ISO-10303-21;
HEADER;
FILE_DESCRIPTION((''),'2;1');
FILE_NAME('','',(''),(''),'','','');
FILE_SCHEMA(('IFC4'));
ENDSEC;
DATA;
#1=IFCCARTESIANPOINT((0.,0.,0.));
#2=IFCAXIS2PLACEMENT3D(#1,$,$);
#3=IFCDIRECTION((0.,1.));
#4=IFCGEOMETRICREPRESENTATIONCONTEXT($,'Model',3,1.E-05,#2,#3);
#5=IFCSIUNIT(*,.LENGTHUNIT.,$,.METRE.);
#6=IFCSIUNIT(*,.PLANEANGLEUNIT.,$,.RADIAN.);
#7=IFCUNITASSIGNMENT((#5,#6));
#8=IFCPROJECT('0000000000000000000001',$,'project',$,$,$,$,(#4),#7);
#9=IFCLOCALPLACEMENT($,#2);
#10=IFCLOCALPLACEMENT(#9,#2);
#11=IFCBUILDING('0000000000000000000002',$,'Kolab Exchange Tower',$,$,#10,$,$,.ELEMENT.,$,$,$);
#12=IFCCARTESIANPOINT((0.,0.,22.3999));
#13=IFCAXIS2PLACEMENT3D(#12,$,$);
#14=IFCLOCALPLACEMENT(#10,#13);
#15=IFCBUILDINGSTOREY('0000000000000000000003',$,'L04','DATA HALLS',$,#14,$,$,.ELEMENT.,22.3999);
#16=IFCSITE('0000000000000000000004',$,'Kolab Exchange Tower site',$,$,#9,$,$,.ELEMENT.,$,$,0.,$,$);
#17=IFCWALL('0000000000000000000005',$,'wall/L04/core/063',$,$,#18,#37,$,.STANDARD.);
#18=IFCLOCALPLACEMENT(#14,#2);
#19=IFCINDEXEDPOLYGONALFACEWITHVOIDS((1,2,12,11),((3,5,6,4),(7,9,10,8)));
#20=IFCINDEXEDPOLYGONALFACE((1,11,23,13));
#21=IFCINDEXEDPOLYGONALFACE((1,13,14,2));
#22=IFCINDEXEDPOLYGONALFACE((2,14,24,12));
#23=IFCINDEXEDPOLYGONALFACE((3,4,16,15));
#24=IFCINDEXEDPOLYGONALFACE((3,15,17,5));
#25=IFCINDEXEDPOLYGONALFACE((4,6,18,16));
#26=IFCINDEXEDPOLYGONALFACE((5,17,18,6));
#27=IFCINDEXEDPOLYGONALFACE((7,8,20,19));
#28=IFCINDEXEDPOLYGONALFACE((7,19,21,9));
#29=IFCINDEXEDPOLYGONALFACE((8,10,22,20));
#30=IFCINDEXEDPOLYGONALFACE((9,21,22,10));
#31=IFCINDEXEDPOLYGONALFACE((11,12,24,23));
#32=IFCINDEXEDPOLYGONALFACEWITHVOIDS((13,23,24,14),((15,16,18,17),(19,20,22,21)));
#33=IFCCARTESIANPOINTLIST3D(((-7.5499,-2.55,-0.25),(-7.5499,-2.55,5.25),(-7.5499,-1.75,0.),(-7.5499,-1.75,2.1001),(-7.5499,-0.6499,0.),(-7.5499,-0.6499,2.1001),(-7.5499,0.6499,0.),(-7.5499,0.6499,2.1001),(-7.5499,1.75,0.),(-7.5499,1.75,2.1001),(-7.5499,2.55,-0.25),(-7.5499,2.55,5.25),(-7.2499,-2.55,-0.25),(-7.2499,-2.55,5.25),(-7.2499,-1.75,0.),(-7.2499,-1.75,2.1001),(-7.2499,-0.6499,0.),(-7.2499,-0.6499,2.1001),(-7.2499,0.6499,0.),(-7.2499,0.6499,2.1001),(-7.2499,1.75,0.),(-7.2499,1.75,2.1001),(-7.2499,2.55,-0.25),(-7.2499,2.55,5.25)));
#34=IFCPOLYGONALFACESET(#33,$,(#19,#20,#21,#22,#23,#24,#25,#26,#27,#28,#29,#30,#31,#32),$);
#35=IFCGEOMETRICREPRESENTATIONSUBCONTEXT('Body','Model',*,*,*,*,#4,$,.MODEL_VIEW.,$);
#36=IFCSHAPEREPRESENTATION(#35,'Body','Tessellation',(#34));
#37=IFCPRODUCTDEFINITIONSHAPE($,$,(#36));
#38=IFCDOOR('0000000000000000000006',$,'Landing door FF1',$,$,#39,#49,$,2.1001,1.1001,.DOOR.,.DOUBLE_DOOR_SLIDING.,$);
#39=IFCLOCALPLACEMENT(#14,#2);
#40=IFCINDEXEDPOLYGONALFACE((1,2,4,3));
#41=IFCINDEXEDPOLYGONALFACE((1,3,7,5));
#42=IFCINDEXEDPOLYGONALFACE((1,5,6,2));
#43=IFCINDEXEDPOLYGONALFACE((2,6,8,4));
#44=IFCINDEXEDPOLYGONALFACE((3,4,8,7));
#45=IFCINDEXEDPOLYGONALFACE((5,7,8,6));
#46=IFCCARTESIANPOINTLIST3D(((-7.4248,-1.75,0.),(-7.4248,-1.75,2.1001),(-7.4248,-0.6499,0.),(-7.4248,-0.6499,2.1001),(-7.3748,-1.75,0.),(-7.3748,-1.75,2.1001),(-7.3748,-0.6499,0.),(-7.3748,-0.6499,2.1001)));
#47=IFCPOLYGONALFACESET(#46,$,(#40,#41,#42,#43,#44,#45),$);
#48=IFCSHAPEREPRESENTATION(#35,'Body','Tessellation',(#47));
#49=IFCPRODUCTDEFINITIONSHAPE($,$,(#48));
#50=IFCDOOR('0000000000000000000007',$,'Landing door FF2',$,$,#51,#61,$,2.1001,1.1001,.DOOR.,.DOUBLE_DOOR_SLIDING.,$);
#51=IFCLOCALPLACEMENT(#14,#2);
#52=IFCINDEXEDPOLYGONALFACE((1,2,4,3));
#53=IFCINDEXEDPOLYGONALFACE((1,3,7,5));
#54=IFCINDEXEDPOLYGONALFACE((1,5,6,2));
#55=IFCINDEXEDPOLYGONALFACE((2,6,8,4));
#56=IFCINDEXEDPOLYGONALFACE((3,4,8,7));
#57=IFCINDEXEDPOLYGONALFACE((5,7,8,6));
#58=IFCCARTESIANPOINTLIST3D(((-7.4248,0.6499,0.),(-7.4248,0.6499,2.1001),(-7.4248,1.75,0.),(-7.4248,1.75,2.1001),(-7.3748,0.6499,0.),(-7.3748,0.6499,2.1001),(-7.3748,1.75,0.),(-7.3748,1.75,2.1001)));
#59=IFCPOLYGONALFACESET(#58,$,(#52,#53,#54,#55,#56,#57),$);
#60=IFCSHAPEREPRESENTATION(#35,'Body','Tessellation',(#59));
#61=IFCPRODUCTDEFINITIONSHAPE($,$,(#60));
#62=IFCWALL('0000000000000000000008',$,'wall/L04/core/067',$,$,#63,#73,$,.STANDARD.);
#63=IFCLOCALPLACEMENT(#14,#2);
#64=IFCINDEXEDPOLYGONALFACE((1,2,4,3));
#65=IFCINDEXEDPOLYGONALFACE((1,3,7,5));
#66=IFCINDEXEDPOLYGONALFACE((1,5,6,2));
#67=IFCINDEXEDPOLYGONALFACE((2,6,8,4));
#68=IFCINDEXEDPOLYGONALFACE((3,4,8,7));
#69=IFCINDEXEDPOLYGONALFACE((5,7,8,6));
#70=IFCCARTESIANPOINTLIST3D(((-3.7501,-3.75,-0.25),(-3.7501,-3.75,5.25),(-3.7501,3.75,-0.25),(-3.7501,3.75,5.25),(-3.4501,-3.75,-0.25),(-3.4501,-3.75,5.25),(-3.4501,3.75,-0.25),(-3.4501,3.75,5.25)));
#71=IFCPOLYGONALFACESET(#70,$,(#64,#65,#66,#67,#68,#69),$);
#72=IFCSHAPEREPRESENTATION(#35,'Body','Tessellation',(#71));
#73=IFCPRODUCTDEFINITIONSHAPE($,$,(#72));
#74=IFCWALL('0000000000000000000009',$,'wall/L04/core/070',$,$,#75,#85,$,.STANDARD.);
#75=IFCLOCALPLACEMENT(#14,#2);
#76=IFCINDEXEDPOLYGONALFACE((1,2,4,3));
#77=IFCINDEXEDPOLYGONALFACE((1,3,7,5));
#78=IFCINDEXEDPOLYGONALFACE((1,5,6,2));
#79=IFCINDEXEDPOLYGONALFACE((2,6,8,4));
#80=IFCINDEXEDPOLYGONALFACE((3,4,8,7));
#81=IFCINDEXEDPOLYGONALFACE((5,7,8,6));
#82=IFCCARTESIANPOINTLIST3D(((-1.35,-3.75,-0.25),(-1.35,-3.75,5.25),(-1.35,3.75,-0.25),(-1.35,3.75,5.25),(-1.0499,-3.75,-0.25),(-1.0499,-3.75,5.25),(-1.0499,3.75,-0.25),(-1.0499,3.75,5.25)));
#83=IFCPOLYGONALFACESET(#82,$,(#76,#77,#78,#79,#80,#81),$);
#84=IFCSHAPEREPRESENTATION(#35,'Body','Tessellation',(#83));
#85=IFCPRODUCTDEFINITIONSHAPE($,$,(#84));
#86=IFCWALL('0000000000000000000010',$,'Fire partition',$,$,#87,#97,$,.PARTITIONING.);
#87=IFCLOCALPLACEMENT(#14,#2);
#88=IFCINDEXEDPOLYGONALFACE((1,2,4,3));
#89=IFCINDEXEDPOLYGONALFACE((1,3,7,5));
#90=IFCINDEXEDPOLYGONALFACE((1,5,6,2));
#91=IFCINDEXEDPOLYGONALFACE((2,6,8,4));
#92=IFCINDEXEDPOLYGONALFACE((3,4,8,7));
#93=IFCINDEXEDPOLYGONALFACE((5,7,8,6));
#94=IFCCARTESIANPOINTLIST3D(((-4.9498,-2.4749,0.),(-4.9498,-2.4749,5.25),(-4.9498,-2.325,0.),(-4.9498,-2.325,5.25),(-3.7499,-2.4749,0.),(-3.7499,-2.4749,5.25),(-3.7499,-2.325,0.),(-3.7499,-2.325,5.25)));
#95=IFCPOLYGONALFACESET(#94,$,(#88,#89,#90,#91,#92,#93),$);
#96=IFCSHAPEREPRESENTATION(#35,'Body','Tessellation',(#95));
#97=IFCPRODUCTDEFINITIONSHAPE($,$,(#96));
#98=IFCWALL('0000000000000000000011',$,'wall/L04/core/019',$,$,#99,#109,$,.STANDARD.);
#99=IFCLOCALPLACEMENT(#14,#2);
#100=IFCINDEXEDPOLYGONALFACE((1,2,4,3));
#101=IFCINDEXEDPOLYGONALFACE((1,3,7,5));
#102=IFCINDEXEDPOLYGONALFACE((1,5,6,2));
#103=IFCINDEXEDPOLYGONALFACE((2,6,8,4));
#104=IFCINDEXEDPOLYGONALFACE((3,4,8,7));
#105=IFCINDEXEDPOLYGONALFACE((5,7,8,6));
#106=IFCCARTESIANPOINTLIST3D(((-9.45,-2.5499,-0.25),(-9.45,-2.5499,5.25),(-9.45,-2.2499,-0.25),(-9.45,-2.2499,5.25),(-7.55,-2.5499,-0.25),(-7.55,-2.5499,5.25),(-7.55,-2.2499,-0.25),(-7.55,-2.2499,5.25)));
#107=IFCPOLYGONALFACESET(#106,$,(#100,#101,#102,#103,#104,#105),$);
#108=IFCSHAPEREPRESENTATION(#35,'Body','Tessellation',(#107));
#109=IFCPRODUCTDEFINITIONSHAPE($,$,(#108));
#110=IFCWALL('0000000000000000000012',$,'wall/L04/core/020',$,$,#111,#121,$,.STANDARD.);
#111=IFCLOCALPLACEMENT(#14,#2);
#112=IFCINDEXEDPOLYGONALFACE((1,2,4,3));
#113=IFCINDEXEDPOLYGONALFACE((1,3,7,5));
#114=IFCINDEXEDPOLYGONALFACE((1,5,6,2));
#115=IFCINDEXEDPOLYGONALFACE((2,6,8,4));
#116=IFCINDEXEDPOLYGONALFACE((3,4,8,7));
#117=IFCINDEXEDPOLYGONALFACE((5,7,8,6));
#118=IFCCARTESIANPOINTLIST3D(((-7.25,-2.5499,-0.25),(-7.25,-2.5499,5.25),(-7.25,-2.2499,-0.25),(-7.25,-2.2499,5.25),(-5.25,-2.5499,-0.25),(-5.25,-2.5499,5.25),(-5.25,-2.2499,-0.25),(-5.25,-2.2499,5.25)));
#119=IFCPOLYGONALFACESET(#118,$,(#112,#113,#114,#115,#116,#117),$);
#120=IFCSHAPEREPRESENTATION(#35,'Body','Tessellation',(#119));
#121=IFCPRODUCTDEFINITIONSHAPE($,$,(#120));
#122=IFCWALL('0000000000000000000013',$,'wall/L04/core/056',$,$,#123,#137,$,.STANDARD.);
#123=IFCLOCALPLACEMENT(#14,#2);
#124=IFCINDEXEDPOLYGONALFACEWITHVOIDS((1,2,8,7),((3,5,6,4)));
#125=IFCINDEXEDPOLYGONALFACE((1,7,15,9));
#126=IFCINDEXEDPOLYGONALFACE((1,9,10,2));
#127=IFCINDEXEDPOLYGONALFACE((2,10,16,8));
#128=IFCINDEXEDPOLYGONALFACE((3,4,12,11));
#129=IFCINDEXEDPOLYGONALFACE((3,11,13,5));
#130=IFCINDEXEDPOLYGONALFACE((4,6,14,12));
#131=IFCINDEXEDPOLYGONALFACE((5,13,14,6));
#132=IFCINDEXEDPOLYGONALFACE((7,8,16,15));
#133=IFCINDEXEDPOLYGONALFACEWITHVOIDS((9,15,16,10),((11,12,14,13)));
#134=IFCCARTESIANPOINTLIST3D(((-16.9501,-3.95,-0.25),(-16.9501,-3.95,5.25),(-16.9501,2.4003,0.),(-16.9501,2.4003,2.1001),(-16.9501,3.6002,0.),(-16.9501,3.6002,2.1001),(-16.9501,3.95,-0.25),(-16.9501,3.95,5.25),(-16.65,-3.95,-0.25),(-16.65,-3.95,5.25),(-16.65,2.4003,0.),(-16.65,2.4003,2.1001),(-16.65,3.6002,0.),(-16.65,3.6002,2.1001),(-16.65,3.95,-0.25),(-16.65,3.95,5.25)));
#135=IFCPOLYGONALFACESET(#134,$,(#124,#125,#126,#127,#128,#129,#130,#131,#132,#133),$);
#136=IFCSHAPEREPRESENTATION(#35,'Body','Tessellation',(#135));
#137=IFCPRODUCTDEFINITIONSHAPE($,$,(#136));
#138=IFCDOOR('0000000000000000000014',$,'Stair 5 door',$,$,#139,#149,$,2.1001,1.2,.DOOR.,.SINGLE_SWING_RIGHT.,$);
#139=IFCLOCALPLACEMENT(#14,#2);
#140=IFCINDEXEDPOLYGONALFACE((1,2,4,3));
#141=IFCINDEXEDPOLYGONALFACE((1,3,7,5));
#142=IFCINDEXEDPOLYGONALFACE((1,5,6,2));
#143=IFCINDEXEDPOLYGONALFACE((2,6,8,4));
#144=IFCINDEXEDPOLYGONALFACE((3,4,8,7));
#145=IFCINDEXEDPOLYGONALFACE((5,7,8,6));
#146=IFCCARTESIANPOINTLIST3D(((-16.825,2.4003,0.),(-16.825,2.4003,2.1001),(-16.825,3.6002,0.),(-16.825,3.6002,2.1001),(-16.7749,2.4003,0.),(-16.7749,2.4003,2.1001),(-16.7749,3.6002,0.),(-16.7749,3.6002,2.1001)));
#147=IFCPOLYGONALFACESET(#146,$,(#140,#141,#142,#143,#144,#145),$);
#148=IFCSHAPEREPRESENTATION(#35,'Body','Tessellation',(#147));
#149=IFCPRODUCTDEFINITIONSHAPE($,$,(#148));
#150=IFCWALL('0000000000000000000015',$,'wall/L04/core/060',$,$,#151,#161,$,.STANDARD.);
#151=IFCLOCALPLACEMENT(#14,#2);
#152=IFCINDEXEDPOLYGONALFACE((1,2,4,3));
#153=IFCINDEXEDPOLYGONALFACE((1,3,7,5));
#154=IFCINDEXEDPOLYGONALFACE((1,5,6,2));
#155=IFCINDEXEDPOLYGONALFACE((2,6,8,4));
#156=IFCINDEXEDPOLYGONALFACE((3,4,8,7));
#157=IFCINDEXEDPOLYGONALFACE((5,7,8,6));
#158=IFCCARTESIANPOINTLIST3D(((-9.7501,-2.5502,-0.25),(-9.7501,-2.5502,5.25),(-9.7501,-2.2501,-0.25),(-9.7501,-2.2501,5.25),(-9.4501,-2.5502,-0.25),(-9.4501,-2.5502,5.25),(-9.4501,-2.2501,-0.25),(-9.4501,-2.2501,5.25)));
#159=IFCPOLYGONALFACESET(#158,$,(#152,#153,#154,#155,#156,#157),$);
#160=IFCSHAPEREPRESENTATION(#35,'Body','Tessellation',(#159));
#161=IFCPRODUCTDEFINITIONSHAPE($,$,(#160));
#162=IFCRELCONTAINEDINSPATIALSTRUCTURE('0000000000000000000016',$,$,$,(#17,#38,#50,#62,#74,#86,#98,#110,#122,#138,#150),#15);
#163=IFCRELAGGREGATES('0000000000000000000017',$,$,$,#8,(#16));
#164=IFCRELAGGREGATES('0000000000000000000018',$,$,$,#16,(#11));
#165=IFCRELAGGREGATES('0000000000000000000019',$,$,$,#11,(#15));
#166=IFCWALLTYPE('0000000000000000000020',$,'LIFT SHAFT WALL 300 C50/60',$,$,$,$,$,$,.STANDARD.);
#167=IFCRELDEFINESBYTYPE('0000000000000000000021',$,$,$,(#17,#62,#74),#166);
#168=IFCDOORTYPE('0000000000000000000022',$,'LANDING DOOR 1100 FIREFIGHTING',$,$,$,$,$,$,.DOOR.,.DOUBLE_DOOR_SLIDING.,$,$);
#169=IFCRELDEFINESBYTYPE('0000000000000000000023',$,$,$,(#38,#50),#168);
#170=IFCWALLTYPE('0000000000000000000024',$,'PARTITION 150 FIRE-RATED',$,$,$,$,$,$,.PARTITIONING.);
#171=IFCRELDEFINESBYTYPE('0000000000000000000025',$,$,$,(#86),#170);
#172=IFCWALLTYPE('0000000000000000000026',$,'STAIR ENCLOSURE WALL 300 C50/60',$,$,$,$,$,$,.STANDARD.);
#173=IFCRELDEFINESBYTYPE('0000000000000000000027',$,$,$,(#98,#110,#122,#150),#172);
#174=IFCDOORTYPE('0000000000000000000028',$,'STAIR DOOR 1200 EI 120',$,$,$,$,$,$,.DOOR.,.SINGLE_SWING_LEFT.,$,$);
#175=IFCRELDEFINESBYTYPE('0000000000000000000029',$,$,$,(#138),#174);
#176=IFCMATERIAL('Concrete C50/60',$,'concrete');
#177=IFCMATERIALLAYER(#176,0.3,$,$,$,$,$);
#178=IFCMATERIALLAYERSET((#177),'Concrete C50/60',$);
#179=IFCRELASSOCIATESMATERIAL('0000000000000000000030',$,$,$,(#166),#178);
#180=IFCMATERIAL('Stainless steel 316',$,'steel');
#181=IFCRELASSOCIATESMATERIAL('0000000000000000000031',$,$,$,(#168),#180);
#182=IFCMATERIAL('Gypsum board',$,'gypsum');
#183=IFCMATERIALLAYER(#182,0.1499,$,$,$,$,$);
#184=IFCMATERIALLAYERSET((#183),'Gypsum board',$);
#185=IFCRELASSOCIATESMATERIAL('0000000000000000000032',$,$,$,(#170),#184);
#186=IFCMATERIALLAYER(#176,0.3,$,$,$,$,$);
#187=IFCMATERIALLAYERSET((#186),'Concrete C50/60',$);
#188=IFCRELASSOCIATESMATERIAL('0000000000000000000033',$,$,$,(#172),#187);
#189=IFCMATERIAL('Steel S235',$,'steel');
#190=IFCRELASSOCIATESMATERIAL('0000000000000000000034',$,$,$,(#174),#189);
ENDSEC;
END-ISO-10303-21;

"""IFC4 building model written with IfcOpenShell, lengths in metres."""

from ifc_helpers import new_model, si_unit, direction, frame, frame_2d, origin, place, context, subcontext, project, spatial, rectangle, extrude, material, layer, layer_set, type_object, element, fill, save


model = new_model("IFC4")

# Units and contexts
model_context = context("Model", 3, precision=1e-05, world=origin(), true_north=direction((0.0, 1.0)))
body_context = subcontext(model_context, "Body", "Model", "MODEL_VIEW")
ifc_project = project(units=[si_unit("LENGTHUNIT", "METRE"), si_unit("PLANEANGLEUNIT", "RADIAN")], contexts=[model_context])

# Site, building, storey
site_placement = place(None, origin())
site = spatial("IfcSite", under=ifc_project, at=site_placement, Name="Kolab Exchange Tower site", CompositionType="ELEMENT", RefElevation=0.0)
building_placement = place(site_placement, origin())
building = spatial("IfcBuilding", under=site, at=building_placement, Name="Kolab Exchange Tower", CompositionType="ELEMENT")
storey_placement = place(building_placement, frame((0.0, 0.0, 22.3999)))
storey = spatial("IfcBuildingStorey", under=building, at=storey_placement, Name="L04", Description="DATA HALLS", CompositionType="ELEMENT", Elevation=22.3999)

# Shared definitions
ifc_material_1 = material(Name="Concrete C50/60", Category="concrete")
ifc_layer_1 = layer(ifc_material_1, 0.3)
ifc_layer_set_1 = layer_set([ifc_layer_1], Name="Concrete C50/60")
wall_type_1 = type_object("IfcWallType", Name="LIFT SHAFT WALL 300 C50/60", PredefinedType="STANDARD", material=ifc_layer_set_1)

# Shared definitions
ifc_material_2 = material(Name="Steel S235", Category="steel")

# Wall, openings, doors
wall_1_placement = place(storey_placement, frame((-7.3999, -2.55, -0.25), z_axis=(0.0, 0.0, 1.0), x_axis=(0.0, 1.0, 0.0)))
wall_1 = element("IfcWall", 1, at=wall_1_placement, inside=storey, type_object=wall_type_1, Name="wall/L04/core/063", PredefinedType="STANDARD", context=body_context, shape_type="SweptSolid", body=[
    extrude(rectangle(XDim=5.1001, YDim=0.3, at=frame_2d((2.55, 0.0))), origin(), (0.0, 0.0, 1.0), 5.5),
])
opening_1_placement = place(wall_1_placement, frame((0.8, 0.0, 0.25)))
opening_1 = element("IfcOpeningElement", 2, at=opening_1_placement, cuts=wall_1, PredefinedType="OPENING", context=body_context, shape_type="SweptSolid", body=[
    extrude(rectangle(XDim=1.1001, YDim=2.1001, at=frame_2d((0.55, 1.05))), frame((0.0, 0.1602, 0.0), z_axis=(0.0, -1.0, 0.0), x_axis=(1.0, 0.0, 0.0)), (0.0, 0.0, 1.0), 0.3201),
])
opening_2_placement = place(wall_1_placement, frame((3.2, 0.0, 0.25)))
opening_2 = element("IfcOpeningElement", 3, at=opening_2_placement, cuts=wall_1, PredefinedType="OPENING", context=body_context, shape_type="SweptSolid", body=[
    extrude(rectangle(XDim=1.1001, YDim=2.1001, at=frame_2d((0.55, 1.05))), frame((0.0, 0.1602, 0.0), z_axis=(0.0, -1.0, 0.0), x_axis=(1.0, 0.0, 0.0)), (0.0, 0.0, 1.0), 0.3201),
])
ifc_material_3 = material(Name="Stainless steel 316", Category="steel")
door_type_1 = type_object("IfcDoorType", Name="LANDING DOOR 1100 FIREFIGHTING", OperationType="DOUBLE_DOOR_SLIDING", PredefinedType="DOOR", material=ifc_material_3)
door_1_placement = place(opening_1_placement, origin())
door_1 = element("IfcDoor", 4, at=door_1_placement, inside=storey, type_object=door_type_1, Name="Landing door FF1", OperationType="DOUBLE_DOOR_SLIDING", OverallHeight=2.1001, OverallWidth=1.1001, PredefinedType="DOOR", context=body_context, shape_type="SweptSolid", body=[
    extrude(rectangle(XDim=1.1001, YDim=2.1001, at=frame_2d((0.55, 1.05))), frame((0.0, 0.0249, 0.0), z_axis=(0.0, -1.0, 0.0), x_axis=(1.0, 0.0, 0.0)), (0.0, 0.0, 1.0), 0.05),
])
fill(opening_1, door_1)
door_2_placement = place(opening_2_placement, origin())
door_2 = element("IfcDoor", 5, at=door_2_placement, inside=storey, type_object=door_type_1, Name="Landing door FF2", OperationType="DOUBLE_DOOR_SLIDING", OverallHeight=2.1001, OverallWidth=1.1001, PredefinedType="DOOR", context=body_context, shape_type="SweptSolid", body=[
    extrude(rectangle(XDim=1.1001, YDim=2.1001, at=frame_2d((0.55, 1.05))), frame((0.0, 0.0249, 0.0), z_axis=(0.0, -1.0, 0.0), x_axis=(1.0, 0.0, 0.0)), (0.0, 0.0, 1.0), 0.05),
])
fill(opening_2, door_2)

# Walls
for number, where, z_axis, x_axis, name in (
    (6, (-3.6001, -3.75, -0.25), (0.0, 0.0, 1.0), (0.0, 1.0, 0.0), "wall/L04/core/067"),
    (7, (-1.2, -3.75, -0.25), (0.0, 0.0, 1.0), (0.0, 1.0, 0.0), "wall/L04/core/070"),
):
    element("IfcWall", number, at=place(storey_placement, frame(where, z_axis=z_axis, x_axis=x_axis)), inside=storey, type_object=wall_type_1, Name=name, PredefinedType="STANDARD", context=body_context, shape_type="SweptSolid", body=[
        extrude(rectangle(XDim=7.5, YDim=0.3, at=frame_2d((3.75, 0.0))), origin(), (0.0, 0.0, 1.0), 5.5),
    ])
ifc_material_4 = material(Name="Gypsum board", Category="gypsum")
ifc_layer_2 = layer(ifc_material_4, 0.1499)
ifc_layer_set_2 = layer_set([ifc_layer_2], Name="Gypsum board")
wall_type_2 = type_object("IfcWallType", Name="PARTITION 150 FIRE-RATED", PredefinedType="PARTITIONING", material=ifc_layer_set_2)
wall_2_placement = place(storey_placement, frame((-4.95, -2.3999, 0.0), z_axis=(0.0, 0.0, 1.0), x_axis=(1.0, 0.0, 0.0)))
element("IfcWall", 8, at=wall_2_placement, inside=storey, type_object=wall_type_2, Name="Fire partition", PredefinedType="PARTITIONING", context=body_context, shape_type="SweptSolid", body=[
    extrude(rectangle(XDim=1.2, YDim=0.1499, at=frame_2d((0.6001, 0.0))), origin(), (0.0, 0.0, 1.0), 5.25),
])
ifc_layer_3 = layer(ifc_material_1, 0.3)
ifc_layer_set_3 = layer_set([ifc_layer_3], Name="Concrete C50/60")
wall_type_3 = type_object("IfcWallType", Name="STAIR ENCLOSURE WALL 300 C50/60", PredefinedType="STANDARD", material=ifc_layer_set_3)
wall_3_placement = place(storey_placement, frame((-9.45, -2.3999, -0.25), z_axis=(0.0, 0.0, 1.0), x_axis=(1.0, 0.0, 0.0)))
element("IfcWall", 9, at=wall_3_placement, inside=storey, type_object=wall_type_3, Name="wall/L04/core/019", PredefinedType="STANDARD", context=body_context, shape_type="SweptSolid", body=[
    extrude(rectangle(XDim=1.8999, YDim=0.3, at=frame_2d((0.95, 0.0))), origin(), (0.0, 0.0, 1.0), 5.5),
])
wall_4_placement = place(storey_placement, frame((-7.25, -2.3999, -0.25), z_axis=(0.0, 0.0, 1.0), x_axis=(1.0, 0.0, 0.0)))
element("IfcWall", 10, at=wall_4_placement, inside=storey, type_object=wall_type_3, Name="wall/L04/core/020", PredefinedType="STANDARD", context=body_context, shape_type="SweptSolid", body=[
    extrude(rectangle(XDim=2.0, YDim=0.3, at=frame_2d((1.0, 0.0))), origin(), (0.0, 0.0, 1.0), 5.5),
])

# Wall, opening, door
wall_5_placement = place(storey_placement, frame((-16.8, -3.95, -0.25), z_axis=(0.0, 0.0, 1.0), x_axis=(0.0, 1.0, 0.0)))
wall_5 = element("IfcWall", 11, at=wall_5_placement, inside=storey, type_object=wall_type_3, Name="wall/L04/core/056", PredefinedType="STANDARD", context=body_context, shape_type="SweptSolid", body=[
    extrude(rectangle(XDim=7.8999, YDim=0.3, at=frame_2d((3.95, 0.0))), origin(), (0.0, 0.0, 1.0), 5.5),
])
opening_3_placement = place(wall_5_placement, frame((6.3501, 0.0, 0.25)))
opening_3 = element("IfcOpeningElement", 12, at=opening_3_placement, cuts=wall_5, PredefinedType="OPENING", context=body_context, shape_type="SweptSolid", body=[
    extrude(rectangle(XDim=1.2, YDim=2.1001, at=frame_2d((0.6001, 1.05))), frame((0.0, 0.1602, 0.0), z_axis=(0.0, -1.0, 0.0), x_axis=(1.0, 0.0, 0.0)), (0.0, 0.0, 1.0), 0.3201),
])
door_type_2 = type_object("IfcDoorType", Name="STAIR DOOR 1200 EI 120", OperationType="SINGLE_SWING_LEFT", PredefinedType="DOOR", material=ifc_material_2)
door_3_placement = place(opening_3_placement, origin())
door_3 = element("IfcDoor", 13, at=door_3_placement, inside=storey, type_object=door_type_2, Name="Stair 5 door", OperationType="SINGLE_SWING_RIGHT", OverallHeight=2.1001, OverallWidth=1.2, PredefinedType="DOOR", context=body_context, shape_type="SweptSolid", body=[
    extrude(rectangle(XDim=1.2, YDim=2.1001, at=frame_2d((0.6001, 1.05))), frame((0.0, 0.0249, 0.0), z_axis=(0.0, -1.0, 0.0), x_axis=(1.0, 0.0, 0.0)), (0.0, 0.0, 1.0), 0.05),
])
fill(opening_3, door_3)

# Wall
wall_6_placement = place(storey_placement, frame((-9.6001, -2.55, -0.25), z_axis=(0.0, 0.0, 1.0), x_axis=(0.0, 1.0, 0.0)))
element("IfcWall", 14, at=wall_6_placement, inside=storey, type_object=wall_type_3, Name="wall/L04/core/060", PredefinedType="STANDARD", context=body_context, shape_type="SweptSolid", body=[
    extrude(rectangle(XDim=0.3, YDim=0.3, at=frame_2d((0.1499, 0.0))), origin(), (0.0, 0.0, 1.0), 5.5),
])

save(model, "model.ifc")
